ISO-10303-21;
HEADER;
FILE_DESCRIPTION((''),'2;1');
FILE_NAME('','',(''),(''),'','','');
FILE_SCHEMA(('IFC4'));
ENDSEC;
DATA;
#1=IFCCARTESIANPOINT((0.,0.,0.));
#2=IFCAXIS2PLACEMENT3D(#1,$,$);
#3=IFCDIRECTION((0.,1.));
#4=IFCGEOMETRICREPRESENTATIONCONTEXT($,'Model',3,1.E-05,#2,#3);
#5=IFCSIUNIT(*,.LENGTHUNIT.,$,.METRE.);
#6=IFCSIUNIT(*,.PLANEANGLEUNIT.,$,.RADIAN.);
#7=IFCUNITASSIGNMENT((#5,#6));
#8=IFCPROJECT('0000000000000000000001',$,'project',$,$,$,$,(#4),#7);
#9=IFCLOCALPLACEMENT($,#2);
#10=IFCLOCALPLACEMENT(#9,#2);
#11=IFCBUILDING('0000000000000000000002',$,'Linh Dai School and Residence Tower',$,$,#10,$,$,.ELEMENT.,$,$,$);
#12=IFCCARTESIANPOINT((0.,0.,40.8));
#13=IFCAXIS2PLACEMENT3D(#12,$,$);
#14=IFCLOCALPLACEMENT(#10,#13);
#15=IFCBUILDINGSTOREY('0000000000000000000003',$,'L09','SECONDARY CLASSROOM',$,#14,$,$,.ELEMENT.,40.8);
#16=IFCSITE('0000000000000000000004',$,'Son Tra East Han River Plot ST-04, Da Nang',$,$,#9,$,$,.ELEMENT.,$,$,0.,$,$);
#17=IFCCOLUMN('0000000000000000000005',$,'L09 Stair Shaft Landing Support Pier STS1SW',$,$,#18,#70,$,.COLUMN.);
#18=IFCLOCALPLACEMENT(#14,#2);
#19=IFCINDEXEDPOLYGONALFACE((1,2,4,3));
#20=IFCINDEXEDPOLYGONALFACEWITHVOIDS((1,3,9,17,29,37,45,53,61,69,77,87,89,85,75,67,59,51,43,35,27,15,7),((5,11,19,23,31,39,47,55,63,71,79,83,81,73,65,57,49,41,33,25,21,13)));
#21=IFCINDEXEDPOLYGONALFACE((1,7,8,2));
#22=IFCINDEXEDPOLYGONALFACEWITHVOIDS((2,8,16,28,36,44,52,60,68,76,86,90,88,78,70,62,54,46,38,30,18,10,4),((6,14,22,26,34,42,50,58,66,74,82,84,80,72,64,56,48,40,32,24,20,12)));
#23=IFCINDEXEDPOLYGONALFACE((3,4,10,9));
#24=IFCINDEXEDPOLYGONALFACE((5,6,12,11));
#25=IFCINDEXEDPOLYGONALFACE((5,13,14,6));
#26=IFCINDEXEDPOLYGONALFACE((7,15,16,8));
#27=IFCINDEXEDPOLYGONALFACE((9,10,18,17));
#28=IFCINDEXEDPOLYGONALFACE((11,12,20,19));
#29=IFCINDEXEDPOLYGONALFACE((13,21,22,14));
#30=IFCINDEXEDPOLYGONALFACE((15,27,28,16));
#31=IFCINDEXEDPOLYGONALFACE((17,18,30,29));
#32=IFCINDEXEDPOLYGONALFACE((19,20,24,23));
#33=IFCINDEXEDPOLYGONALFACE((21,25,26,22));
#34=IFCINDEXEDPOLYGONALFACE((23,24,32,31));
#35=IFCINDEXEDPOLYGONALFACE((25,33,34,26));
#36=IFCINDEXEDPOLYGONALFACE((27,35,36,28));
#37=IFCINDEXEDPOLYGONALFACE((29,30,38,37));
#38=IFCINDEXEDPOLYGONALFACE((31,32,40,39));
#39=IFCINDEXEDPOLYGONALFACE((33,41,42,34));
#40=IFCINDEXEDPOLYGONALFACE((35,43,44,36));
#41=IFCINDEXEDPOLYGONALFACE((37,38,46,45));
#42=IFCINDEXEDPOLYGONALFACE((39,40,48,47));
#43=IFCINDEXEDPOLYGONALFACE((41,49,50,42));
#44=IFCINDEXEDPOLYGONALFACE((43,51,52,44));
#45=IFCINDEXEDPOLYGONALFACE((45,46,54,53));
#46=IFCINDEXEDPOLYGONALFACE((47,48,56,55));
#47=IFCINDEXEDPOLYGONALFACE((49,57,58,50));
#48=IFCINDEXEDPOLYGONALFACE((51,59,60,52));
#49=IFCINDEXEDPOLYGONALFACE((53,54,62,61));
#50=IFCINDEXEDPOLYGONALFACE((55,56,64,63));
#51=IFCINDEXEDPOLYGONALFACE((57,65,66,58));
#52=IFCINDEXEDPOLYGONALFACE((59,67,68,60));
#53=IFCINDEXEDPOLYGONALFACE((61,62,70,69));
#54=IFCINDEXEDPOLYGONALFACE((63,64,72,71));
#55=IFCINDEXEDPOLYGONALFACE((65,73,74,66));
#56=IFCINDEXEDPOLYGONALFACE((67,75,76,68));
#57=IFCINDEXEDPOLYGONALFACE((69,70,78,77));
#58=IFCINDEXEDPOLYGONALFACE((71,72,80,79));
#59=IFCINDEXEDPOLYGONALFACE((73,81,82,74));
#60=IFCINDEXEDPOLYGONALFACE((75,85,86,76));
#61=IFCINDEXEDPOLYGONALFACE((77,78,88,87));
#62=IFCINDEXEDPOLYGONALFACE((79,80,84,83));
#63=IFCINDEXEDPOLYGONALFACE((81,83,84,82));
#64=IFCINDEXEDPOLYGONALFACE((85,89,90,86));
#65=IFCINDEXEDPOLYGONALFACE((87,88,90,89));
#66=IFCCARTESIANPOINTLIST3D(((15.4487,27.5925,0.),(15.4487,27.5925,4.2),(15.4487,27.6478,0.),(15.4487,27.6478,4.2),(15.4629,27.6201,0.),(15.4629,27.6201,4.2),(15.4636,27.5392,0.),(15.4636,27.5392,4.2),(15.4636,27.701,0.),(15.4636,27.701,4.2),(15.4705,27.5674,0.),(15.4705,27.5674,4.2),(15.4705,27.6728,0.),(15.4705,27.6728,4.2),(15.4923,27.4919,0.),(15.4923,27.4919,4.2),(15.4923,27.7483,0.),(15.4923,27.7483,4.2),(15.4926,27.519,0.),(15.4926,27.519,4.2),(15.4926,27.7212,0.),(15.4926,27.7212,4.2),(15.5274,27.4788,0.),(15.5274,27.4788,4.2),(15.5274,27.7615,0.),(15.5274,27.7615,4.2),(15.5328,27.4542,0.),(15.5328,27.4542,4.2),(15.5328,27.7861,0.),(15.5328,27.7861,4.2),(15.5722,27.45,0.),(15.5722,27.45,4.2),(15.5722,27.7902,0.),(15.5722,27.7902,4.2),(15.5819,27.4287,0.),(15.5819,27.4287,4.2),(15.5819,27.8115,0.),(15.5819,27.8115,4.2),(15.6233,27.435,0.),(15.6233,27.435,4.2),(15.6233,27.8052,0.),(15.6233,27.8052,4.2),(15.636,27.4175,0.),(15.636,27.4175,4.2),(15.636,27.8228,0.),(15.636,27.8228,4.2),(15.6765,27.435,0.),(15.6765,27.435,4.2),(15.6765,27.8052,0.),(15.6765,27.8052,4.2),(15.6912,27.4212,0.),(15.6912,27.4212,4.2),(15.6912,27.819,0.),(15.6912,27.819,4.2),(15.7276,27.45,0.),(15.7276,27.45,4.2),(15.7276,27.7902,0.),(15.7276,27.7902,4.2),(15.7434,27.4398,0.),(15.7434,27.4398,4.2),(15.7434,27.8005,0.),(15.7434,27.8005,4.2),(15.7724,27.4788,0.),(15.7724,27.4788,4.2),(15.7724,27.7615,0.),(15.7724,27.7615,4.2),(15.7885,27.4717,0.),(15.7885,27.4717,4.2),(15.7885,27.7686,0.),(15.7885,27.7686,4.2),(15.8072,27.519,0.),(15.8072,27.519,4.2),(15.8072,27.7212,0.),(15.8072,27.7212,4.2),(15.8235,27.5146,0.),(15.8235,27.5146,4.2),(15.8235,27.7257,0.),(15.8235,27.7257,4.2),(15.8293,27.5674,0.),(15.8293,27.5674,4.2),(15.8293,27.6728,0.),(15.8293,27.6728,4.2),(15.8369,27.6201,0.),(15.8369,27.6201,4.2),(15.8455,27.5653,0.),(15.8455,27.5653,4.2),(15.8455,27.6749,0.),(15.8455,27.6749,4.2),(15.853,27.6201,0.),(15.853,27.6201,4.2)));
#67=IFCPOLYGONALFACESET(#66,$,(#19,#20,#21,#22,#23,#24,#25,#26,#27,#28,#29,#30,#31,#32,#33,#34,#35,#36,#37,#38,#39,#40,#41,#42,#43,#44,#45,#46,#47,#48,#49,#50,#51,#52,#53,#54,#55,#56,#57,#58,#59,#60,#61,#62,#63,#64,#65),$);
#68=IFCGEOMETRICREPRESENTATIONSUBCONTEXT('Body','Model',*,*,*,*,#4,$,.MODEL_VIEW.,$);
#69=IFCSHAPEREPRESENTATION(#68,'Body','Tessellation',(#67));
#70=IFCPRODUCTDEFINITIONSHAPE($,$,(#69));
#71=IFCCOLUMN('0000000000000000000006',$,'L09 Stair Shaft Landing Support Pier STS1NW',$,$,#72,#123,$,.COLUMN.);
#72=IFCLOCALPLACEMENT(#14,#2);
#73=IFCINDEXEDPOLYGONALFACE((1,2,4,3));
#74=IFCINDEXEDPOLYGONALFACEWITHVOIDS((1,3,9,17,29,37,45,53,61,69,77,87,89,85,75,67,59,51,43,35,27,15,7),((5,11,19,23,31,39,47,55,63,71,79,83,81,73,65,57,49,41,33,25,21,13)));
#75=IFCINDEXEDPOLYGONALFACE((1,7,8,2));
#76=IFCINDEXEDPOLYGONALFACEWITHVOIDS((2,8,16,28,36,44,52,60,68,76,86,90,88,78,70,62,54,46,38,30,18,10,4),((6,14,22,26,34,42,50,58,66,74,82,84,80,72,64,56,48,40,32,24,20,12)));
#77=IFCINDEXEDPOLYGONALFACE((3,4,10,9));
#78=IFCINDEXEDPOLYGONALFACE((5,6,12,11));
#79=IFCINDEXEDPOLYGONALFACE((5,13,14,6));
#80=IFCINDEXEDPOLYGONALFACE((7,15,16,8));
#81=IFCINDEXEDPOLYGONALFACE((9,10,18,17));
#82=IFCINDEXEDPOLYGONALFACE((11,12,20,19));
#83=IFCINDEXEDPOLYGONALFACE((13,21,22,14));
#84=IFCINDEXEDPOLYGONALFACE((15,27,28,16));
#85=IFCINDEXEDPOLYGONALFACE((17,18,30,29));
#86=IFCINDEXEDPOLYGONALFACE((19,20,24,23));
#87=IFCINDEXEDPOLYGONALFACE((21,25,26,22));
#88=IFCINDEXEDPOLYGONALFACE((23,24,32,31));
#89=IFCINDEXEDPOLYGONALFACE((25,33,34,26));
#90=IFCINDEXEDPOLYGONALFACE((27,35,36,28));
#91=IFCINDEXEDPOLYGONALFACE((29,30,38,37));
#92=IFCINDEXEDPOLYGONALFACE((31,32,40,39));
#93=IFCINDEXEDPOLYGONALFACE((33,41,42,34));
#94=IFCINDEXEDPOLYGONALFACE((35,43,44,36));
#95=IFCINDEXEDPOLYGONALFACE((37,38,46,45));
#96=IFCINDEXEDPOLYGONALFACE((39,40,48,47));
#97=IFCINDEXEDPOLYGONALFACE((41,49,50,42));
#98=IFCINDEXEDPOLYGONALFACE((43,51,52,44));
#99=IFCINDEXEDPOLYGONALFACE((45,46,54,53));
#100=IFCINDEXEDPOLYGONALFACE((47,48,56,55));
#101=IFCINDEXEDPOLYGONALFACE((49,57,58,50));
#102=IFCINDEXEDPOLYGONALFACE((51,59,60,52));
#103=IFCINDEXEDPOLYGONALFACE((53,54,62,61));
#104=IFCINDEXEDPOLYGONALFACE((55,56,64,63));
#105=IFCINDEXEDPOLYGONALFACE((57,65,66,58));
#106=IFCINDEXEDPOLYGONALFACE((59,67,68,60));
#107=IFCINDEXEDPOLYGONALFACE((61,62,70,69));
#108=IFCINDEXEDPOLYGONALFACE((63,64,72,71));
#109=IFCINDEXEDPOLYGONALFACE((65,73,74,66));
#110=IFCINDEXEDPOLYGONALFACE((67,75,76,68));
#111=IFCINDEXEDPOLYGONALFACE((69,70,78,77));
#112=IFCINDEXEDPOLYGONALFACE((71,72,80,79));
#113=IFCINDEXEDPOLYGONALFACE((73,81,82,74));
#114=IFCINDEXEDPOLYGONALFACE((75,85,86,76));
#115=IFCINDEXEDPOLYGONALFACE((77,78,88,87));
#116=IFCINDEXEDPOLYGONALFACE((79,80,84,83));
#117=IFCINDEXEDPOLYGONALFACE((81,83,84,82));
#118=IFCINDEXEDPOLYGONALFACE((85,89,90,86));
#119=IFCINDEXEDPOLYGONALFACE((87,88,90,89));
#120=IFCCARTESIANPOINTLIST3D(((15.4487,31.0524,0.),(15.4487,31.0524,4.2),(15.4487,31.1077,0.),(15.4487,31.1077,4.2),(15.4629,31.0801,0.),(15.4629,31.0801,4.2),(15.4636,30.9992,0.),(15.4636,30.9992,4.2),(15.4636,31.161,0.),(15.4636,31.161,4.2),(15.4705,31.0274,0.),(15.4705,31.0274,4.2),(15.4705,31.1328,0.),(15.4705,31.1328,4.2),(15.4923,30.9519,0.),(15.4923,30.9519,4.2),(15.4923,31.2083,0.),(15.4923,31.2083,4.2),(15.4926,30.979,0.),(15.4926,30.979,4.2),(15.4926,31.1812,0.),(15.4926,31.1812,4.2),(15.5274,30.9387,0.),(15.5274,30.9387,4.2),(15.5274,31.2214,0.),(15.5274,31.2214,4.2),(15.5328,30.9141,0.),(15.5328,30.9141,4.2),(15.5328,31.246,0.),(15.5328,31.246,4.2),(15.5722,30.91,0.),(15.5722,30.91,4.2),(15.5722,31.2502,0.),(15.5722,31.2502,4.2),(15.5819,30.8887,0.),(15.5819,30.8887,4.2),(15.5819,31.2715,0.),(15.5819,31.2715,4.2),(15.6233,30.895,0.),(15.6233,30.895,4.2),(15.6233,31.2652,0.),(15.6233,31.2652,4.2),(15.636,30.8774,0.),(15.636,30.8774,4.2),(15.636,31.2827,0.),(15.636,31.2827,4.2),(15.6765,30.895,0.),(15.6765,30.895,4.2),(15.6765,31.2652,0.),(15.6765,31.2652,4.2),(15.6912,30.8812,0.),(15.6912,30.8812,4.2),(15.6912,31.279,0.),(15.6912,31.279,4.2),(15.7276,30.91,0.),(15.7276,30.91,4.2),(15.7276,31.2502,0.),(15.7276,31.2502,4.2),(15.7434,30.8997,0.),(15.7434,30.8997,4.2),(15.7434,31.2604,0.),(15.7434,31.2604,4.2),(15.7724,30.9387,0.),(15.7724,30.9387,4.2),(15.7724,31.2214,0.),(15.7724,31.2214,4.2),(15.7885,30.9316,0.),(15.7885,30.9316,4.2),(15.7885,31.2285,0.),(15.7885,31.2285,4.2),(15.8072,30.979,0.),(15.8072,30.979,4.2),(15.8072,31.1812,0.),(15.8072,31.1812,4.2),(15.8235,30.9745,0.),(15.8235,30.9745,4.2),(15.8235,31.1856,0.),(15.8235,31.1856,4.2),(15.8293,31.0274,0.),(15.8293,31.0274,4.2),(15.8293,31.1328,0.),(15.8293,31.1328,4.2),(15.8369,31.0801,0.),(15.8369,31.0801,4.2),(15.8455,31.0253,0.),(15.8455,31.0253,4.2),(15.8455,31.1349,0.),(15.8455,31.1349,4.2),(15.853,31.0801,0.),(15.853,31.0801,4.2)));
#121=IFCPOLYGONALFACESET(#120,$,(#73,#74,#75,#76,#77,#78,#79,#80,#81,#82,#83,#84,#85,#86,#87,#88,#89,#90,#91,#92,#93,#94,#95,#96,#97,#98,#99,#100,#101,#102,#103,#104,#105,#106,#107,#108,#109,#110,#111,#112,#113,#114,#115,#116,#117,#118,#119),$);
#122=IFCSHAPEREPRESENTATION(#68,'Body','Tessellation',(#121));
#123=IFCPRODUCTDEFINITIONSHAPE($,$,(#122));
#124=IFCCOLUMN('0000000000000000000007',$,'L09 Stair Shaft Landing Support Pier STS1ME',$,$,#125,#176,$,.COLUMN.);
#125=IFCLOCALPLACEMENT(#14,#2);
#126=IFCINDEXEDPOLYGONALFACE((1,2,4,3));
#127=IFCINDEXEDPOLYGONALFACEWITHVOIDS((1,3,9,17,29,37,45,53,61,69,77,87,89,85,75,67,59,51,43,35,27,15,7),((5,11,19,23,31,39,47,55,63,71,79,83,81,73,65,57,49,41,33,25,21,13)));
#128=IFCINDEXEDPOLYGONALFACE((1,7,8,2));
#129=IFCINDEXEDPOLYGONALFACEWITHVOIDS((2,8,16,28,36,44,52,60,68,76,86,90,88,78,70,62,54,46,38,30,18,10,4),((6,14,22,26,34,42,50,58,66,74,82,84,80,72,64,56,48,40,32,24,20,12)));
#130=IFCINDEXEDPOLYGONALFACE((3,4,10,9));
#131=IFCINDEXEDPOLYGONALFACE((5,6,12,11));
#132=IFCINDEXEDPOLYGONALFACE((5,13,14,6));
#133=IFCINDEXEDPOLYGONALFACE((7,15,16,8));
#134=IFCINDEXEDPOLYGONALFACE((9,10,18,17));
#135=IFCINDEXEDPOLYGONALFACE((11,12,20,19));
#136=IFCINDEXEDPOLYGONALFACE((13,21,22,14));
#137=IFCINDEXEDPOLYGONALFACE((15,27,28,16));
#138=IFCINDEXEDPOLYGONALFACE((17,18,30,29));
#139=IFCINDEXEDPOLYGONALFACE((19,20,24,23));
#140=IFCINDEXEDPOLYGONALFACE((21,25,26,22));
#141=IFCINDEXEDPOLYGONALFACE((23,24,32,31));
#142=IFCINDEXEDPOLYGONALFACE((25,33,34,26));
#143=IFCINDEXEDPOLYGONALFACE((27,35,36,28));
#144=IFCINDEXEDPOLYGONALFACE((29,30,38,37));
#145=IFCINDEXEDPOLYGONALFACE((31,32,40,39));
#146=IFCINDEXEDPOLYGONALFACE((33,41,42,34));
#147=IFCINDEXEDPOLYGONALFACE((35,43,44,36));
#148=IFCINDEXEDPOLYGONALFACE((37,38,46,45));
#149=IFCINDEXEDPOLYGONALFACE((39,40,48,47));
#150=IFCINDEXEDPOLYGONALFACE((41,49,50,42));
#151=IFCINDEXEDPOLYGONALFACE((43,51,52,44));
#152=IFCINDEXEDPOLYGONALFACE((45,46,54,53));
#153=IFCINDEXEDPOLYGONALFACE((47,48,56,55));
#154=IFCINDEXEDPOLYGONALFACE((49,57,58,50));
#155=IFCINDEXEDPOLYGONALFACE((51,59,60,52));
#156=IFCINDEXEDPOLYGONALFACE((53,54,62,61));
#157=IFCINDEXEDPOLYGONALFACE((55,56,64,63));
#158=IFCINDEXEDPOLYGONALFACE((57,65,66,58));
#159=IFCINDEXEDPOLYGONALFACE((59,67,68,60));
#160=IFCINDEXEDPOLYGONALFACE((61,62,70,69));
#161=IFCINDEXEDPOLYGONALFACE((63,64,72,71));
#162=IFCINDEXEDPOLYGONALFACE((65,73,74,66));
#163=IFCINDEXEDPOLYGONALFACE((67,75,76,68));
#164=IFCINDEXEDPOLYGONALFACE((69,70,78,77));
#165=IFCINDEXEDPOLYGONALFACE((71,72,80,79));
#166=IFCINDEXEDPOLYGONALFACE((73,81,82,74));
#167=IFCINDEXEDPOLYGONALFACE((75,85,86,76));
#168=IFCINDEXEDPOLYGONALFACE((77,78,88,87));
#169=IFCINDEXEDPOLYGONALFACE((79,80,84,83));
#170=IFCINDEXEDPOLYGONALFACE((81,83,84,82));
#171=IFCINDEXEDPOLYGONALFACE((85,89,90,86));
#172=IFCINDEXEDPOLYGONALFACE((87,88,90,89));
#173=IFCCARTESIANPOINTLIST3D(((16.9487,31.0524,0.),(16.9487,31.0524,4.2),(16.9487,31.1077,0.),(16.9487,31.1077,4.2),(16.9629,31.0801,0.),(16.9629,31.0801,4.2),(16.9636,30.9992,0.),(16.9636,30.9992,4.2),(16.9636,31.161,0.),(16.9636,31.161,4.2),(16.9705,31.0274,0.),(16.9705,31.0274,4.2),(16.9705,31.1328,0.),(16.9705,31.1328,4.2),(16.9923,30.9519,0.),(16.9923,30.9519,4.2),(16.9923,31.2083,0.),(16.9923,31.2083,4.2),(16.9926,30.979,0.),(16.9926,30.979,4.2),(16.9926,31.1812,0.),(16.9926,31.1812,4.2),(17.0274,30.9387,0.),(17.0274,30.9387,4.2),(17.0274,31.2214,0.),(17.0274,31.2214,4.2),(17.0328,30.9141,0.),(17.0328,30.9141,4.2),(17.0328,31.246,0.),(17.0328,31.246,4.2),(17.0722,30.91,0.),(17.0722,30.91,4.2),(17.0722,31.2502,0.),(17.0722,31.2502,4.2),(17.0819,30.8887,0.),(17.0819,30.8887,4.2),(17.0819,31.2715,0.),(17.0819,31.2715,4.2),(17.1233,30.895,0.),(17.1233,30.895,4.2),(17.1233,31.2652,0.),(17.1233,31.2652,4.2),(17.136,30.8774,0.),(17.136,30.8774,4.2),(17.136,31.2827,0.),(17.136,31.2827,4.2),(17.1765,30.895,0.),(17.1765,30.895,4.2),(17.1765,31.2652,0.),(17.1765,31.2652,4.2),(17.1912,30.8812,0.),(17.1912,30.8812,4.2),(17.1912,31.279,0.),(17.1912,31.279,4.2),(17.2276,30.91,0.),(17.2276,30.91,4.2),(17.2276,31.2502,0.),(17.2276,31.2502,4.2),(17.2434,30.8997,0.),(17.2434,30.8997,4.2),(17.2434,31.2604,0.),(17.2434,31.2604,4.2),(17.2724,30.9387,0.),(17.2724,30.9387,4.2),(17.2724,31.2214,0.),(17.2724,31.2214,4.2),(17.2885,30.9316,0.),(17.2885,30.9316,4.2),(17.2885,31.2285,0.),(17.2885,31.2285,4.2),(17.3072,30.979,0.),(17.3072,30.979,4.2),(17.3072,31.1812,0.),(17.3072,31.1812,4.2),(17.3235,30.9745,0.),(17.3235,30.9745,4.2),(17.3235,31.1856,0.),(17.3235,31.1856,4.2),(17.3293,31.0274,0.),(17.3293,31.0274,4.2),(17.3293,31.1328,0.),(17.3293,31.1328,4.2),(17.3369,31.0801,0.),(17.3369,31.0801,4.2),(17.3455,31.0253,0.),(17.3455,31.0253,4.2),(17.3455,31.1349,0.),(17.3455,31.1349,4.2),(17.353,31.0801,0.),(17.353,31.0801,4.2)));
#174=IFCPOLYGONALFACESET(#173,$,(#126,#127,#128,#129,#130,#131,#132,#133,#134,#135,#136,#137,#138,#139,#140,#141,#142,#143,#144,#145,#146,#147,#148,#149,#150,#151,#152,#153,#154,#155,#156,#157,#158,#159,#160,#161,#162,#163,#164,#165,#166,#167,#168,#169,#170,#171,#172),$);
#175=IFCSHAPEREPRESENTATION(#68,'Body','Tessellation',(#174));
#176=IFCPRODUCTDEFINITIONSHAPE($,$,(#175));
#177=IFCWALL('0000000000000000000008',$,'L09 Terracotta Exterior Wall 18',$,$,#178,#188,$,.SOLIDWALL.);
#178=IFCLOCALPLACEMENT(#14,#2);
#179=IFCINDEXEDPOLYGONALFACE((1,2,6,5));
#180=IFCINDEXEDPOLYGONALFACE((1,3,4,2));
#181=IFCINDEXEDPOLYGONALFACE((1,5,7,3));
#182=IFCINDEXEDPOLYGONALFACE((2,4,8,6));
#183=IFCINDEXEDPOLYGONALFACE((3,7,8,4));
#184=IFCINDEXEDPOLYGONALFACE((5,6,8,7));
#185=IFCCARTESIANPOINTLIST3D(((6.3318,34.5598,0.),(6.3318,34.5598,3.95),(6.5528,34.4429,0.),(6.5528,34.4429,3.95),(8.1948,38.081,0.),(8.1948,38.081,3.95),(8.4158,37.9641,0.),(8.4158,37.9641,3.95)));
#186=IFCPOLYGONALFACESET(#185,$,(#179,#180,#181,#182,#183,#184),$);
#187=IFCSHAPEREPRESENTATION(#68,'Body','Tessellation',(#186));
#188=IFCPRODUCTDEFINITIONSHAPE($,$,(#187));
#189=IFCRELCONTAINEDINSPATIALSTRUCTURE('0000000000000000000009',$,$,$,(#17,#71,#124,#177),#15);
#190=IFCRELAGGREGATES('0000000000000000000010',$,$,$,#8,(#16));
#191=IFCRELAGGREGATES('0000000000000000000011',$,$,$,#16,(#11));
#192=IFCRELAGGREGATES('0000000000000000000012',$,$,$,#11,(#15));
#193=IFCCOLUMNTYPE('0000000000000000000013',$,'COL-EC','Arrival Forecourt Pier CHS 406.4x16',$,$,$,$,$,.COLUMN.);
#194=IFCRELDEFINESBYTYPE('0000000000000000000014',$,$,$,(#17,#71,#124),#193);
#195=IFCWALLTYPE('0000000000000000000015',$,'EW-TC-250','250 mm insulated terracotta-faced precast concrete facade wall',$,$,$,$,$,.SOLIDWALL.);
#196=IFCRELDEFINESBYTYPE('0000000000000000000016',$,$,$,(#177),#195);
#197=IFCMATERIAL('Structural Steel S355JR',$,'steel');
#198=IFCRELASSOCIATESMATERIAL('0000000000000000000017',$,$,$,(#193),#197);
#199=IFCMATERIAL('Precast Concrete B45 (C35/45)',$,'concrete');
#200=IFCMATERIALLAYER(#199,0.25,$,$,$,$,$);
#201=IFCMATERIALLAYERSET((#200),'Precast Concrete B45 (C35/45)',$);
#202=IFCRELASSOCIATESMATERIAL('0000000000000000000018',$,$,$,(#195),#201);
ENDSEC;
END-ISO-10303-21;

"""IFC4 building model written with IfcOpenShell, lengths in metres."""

from ifc_helpers import new_model, si_unit, direction, frame, frame_2d, origin, origin_2d, place, context, subcontext, project, spatial, rectangle, hollow_circle, extrude, material, layer, layer_set, material_profile, profile_set, type_object, element, save


model = new_model("IFC4")

# Units and contexts
model_context = context("Model", 3, precision=1e-05, world=origin(), true_north=direction((0.0, 1.0)))
body_context = subcontext(model_context, "Body", "Model", "MODEL_VIEW")
ifc_project = project(units=[si_unit("LENGTHUNIT", "METRE"), si_unit("PLANEANGLEUNIT", "RADIAN")], contexts=[model_context])

# Site, building, storey
site_placement = place(None, origin())
site = spatial("IfcSite", under=ifc_project, at=site_placement, Name="Son Tra East Han River Plot ST-04, Da Nang", CompositionType="ELEMENT", RefElevation=0.0)
building_placement = place(site_placement, origin())
building = spatial("IfcBuilding", under=site, at=building_placement, Name="Linh Dai School and Residence Tower", CompositionType="ELEMENT")
storey_placement = place(building_placement, frame((0.0, 0.0, 40.8)))
storey = spatial("IfcBuildingStorey", under=building, at=storey_placement, Name="L09", Description="SECONDARY CLASSROOM", CompositionType="ELEMENT", Elevation=40.8)

# Columns
ifc_material_1 = material(Name="Structural Steel S355JR", Category="steel")
ifc_material_profile = material_profile(ifc_material_1, hollow_circle(Radius=0.2031, WallThickness=0.0161, at=origin_2d()), Name="CHS 406.4x16")
ifc_profile_set = profile_set([ifc_material_profile], Name="Structural Steel S355JR")
column_type = type_object("IfcColumnType", Name="COL-EC", Description="Arrival Forecourt Pier CHS 406.4x16", PredefinedType="COLUMN", material=ifc_profile_set)
for number, where, z_axis, x_axis, name in (
    (1, (15.6499, 27.6201, 0.0), (0.0, 0.0, 1.0), (1.0, 0.0, 0.0), "L09 Stair Shaft Landing Support Pier STS1SW"),
    (2, (15.6499, 31.0801, 0.0), (0.0, 0.0, 1.0), (1.0, 0.0, 0.0), "L09 Stair Shaft Landing Support Pier STS1NW"),
    (3, (17.1499, 31.0801, 0.0), (0.0, 0.0, 1.0), (1.0, 0.0, 0.0), "L09 Stair Shaft Landing Support Pier STS1ME"),
):
    element("IfcColumn", number, at=place(storey_placement, frame(where, z_axis=z_axis, x_axis=x_axis)), inside=storey, type_object=column_type, Name=name, PredefinedType="COLUMN", context=body_context, shape_type="SweptSolid", body=[
        extrude(hollow_circle(Radius=0.2031, WallThickness=0.0161, at=origin_2d()), origin(), (0.0, 0.0, 1.0), 4.2),
    ])

# Wall
ifc_material_2 = material(Name="Precast Concrete B45 (C35/45)", Category="concrete")
ifc_layer_1 = layer(ifc_material_2, 0.25)
ifc_layer_set_1 = layer_set([ifc_layer_1], Name="Precast Concrete B45 (C35/45)")
wall_type_1 = type_object("IfcWallType", Name="EW-TC-250", Description="250 mm insulated terracotta-faced precast concrete facade wall", PredefinedType="SOLIDWALL", material=ifc_layer_set_1)
wall_1_placement = place(storey_placement, frame((6.4424, 34.5015, 0.0), z_axis=(0.0, 0.0, 1.0), x_axis=(0.467662, 0.883907, 0.0)))
element("IfcWall", 4, at=wall_1_placement, inside=storey, type_object=wall_type_1, Name="L09 Terracotta Exterior Wall 18", PredefinedType="SOLIDWALL", context=body_context, shape_type="SweptSolid", body=[
    extrude(rectangle(XDim=3.9836, YDim=0.25, at=frame_2d((1.9917, 0.0))), origin(), (0.0, 0.0, 1.0), 3.95),
])

save(model, "model.ifc")
